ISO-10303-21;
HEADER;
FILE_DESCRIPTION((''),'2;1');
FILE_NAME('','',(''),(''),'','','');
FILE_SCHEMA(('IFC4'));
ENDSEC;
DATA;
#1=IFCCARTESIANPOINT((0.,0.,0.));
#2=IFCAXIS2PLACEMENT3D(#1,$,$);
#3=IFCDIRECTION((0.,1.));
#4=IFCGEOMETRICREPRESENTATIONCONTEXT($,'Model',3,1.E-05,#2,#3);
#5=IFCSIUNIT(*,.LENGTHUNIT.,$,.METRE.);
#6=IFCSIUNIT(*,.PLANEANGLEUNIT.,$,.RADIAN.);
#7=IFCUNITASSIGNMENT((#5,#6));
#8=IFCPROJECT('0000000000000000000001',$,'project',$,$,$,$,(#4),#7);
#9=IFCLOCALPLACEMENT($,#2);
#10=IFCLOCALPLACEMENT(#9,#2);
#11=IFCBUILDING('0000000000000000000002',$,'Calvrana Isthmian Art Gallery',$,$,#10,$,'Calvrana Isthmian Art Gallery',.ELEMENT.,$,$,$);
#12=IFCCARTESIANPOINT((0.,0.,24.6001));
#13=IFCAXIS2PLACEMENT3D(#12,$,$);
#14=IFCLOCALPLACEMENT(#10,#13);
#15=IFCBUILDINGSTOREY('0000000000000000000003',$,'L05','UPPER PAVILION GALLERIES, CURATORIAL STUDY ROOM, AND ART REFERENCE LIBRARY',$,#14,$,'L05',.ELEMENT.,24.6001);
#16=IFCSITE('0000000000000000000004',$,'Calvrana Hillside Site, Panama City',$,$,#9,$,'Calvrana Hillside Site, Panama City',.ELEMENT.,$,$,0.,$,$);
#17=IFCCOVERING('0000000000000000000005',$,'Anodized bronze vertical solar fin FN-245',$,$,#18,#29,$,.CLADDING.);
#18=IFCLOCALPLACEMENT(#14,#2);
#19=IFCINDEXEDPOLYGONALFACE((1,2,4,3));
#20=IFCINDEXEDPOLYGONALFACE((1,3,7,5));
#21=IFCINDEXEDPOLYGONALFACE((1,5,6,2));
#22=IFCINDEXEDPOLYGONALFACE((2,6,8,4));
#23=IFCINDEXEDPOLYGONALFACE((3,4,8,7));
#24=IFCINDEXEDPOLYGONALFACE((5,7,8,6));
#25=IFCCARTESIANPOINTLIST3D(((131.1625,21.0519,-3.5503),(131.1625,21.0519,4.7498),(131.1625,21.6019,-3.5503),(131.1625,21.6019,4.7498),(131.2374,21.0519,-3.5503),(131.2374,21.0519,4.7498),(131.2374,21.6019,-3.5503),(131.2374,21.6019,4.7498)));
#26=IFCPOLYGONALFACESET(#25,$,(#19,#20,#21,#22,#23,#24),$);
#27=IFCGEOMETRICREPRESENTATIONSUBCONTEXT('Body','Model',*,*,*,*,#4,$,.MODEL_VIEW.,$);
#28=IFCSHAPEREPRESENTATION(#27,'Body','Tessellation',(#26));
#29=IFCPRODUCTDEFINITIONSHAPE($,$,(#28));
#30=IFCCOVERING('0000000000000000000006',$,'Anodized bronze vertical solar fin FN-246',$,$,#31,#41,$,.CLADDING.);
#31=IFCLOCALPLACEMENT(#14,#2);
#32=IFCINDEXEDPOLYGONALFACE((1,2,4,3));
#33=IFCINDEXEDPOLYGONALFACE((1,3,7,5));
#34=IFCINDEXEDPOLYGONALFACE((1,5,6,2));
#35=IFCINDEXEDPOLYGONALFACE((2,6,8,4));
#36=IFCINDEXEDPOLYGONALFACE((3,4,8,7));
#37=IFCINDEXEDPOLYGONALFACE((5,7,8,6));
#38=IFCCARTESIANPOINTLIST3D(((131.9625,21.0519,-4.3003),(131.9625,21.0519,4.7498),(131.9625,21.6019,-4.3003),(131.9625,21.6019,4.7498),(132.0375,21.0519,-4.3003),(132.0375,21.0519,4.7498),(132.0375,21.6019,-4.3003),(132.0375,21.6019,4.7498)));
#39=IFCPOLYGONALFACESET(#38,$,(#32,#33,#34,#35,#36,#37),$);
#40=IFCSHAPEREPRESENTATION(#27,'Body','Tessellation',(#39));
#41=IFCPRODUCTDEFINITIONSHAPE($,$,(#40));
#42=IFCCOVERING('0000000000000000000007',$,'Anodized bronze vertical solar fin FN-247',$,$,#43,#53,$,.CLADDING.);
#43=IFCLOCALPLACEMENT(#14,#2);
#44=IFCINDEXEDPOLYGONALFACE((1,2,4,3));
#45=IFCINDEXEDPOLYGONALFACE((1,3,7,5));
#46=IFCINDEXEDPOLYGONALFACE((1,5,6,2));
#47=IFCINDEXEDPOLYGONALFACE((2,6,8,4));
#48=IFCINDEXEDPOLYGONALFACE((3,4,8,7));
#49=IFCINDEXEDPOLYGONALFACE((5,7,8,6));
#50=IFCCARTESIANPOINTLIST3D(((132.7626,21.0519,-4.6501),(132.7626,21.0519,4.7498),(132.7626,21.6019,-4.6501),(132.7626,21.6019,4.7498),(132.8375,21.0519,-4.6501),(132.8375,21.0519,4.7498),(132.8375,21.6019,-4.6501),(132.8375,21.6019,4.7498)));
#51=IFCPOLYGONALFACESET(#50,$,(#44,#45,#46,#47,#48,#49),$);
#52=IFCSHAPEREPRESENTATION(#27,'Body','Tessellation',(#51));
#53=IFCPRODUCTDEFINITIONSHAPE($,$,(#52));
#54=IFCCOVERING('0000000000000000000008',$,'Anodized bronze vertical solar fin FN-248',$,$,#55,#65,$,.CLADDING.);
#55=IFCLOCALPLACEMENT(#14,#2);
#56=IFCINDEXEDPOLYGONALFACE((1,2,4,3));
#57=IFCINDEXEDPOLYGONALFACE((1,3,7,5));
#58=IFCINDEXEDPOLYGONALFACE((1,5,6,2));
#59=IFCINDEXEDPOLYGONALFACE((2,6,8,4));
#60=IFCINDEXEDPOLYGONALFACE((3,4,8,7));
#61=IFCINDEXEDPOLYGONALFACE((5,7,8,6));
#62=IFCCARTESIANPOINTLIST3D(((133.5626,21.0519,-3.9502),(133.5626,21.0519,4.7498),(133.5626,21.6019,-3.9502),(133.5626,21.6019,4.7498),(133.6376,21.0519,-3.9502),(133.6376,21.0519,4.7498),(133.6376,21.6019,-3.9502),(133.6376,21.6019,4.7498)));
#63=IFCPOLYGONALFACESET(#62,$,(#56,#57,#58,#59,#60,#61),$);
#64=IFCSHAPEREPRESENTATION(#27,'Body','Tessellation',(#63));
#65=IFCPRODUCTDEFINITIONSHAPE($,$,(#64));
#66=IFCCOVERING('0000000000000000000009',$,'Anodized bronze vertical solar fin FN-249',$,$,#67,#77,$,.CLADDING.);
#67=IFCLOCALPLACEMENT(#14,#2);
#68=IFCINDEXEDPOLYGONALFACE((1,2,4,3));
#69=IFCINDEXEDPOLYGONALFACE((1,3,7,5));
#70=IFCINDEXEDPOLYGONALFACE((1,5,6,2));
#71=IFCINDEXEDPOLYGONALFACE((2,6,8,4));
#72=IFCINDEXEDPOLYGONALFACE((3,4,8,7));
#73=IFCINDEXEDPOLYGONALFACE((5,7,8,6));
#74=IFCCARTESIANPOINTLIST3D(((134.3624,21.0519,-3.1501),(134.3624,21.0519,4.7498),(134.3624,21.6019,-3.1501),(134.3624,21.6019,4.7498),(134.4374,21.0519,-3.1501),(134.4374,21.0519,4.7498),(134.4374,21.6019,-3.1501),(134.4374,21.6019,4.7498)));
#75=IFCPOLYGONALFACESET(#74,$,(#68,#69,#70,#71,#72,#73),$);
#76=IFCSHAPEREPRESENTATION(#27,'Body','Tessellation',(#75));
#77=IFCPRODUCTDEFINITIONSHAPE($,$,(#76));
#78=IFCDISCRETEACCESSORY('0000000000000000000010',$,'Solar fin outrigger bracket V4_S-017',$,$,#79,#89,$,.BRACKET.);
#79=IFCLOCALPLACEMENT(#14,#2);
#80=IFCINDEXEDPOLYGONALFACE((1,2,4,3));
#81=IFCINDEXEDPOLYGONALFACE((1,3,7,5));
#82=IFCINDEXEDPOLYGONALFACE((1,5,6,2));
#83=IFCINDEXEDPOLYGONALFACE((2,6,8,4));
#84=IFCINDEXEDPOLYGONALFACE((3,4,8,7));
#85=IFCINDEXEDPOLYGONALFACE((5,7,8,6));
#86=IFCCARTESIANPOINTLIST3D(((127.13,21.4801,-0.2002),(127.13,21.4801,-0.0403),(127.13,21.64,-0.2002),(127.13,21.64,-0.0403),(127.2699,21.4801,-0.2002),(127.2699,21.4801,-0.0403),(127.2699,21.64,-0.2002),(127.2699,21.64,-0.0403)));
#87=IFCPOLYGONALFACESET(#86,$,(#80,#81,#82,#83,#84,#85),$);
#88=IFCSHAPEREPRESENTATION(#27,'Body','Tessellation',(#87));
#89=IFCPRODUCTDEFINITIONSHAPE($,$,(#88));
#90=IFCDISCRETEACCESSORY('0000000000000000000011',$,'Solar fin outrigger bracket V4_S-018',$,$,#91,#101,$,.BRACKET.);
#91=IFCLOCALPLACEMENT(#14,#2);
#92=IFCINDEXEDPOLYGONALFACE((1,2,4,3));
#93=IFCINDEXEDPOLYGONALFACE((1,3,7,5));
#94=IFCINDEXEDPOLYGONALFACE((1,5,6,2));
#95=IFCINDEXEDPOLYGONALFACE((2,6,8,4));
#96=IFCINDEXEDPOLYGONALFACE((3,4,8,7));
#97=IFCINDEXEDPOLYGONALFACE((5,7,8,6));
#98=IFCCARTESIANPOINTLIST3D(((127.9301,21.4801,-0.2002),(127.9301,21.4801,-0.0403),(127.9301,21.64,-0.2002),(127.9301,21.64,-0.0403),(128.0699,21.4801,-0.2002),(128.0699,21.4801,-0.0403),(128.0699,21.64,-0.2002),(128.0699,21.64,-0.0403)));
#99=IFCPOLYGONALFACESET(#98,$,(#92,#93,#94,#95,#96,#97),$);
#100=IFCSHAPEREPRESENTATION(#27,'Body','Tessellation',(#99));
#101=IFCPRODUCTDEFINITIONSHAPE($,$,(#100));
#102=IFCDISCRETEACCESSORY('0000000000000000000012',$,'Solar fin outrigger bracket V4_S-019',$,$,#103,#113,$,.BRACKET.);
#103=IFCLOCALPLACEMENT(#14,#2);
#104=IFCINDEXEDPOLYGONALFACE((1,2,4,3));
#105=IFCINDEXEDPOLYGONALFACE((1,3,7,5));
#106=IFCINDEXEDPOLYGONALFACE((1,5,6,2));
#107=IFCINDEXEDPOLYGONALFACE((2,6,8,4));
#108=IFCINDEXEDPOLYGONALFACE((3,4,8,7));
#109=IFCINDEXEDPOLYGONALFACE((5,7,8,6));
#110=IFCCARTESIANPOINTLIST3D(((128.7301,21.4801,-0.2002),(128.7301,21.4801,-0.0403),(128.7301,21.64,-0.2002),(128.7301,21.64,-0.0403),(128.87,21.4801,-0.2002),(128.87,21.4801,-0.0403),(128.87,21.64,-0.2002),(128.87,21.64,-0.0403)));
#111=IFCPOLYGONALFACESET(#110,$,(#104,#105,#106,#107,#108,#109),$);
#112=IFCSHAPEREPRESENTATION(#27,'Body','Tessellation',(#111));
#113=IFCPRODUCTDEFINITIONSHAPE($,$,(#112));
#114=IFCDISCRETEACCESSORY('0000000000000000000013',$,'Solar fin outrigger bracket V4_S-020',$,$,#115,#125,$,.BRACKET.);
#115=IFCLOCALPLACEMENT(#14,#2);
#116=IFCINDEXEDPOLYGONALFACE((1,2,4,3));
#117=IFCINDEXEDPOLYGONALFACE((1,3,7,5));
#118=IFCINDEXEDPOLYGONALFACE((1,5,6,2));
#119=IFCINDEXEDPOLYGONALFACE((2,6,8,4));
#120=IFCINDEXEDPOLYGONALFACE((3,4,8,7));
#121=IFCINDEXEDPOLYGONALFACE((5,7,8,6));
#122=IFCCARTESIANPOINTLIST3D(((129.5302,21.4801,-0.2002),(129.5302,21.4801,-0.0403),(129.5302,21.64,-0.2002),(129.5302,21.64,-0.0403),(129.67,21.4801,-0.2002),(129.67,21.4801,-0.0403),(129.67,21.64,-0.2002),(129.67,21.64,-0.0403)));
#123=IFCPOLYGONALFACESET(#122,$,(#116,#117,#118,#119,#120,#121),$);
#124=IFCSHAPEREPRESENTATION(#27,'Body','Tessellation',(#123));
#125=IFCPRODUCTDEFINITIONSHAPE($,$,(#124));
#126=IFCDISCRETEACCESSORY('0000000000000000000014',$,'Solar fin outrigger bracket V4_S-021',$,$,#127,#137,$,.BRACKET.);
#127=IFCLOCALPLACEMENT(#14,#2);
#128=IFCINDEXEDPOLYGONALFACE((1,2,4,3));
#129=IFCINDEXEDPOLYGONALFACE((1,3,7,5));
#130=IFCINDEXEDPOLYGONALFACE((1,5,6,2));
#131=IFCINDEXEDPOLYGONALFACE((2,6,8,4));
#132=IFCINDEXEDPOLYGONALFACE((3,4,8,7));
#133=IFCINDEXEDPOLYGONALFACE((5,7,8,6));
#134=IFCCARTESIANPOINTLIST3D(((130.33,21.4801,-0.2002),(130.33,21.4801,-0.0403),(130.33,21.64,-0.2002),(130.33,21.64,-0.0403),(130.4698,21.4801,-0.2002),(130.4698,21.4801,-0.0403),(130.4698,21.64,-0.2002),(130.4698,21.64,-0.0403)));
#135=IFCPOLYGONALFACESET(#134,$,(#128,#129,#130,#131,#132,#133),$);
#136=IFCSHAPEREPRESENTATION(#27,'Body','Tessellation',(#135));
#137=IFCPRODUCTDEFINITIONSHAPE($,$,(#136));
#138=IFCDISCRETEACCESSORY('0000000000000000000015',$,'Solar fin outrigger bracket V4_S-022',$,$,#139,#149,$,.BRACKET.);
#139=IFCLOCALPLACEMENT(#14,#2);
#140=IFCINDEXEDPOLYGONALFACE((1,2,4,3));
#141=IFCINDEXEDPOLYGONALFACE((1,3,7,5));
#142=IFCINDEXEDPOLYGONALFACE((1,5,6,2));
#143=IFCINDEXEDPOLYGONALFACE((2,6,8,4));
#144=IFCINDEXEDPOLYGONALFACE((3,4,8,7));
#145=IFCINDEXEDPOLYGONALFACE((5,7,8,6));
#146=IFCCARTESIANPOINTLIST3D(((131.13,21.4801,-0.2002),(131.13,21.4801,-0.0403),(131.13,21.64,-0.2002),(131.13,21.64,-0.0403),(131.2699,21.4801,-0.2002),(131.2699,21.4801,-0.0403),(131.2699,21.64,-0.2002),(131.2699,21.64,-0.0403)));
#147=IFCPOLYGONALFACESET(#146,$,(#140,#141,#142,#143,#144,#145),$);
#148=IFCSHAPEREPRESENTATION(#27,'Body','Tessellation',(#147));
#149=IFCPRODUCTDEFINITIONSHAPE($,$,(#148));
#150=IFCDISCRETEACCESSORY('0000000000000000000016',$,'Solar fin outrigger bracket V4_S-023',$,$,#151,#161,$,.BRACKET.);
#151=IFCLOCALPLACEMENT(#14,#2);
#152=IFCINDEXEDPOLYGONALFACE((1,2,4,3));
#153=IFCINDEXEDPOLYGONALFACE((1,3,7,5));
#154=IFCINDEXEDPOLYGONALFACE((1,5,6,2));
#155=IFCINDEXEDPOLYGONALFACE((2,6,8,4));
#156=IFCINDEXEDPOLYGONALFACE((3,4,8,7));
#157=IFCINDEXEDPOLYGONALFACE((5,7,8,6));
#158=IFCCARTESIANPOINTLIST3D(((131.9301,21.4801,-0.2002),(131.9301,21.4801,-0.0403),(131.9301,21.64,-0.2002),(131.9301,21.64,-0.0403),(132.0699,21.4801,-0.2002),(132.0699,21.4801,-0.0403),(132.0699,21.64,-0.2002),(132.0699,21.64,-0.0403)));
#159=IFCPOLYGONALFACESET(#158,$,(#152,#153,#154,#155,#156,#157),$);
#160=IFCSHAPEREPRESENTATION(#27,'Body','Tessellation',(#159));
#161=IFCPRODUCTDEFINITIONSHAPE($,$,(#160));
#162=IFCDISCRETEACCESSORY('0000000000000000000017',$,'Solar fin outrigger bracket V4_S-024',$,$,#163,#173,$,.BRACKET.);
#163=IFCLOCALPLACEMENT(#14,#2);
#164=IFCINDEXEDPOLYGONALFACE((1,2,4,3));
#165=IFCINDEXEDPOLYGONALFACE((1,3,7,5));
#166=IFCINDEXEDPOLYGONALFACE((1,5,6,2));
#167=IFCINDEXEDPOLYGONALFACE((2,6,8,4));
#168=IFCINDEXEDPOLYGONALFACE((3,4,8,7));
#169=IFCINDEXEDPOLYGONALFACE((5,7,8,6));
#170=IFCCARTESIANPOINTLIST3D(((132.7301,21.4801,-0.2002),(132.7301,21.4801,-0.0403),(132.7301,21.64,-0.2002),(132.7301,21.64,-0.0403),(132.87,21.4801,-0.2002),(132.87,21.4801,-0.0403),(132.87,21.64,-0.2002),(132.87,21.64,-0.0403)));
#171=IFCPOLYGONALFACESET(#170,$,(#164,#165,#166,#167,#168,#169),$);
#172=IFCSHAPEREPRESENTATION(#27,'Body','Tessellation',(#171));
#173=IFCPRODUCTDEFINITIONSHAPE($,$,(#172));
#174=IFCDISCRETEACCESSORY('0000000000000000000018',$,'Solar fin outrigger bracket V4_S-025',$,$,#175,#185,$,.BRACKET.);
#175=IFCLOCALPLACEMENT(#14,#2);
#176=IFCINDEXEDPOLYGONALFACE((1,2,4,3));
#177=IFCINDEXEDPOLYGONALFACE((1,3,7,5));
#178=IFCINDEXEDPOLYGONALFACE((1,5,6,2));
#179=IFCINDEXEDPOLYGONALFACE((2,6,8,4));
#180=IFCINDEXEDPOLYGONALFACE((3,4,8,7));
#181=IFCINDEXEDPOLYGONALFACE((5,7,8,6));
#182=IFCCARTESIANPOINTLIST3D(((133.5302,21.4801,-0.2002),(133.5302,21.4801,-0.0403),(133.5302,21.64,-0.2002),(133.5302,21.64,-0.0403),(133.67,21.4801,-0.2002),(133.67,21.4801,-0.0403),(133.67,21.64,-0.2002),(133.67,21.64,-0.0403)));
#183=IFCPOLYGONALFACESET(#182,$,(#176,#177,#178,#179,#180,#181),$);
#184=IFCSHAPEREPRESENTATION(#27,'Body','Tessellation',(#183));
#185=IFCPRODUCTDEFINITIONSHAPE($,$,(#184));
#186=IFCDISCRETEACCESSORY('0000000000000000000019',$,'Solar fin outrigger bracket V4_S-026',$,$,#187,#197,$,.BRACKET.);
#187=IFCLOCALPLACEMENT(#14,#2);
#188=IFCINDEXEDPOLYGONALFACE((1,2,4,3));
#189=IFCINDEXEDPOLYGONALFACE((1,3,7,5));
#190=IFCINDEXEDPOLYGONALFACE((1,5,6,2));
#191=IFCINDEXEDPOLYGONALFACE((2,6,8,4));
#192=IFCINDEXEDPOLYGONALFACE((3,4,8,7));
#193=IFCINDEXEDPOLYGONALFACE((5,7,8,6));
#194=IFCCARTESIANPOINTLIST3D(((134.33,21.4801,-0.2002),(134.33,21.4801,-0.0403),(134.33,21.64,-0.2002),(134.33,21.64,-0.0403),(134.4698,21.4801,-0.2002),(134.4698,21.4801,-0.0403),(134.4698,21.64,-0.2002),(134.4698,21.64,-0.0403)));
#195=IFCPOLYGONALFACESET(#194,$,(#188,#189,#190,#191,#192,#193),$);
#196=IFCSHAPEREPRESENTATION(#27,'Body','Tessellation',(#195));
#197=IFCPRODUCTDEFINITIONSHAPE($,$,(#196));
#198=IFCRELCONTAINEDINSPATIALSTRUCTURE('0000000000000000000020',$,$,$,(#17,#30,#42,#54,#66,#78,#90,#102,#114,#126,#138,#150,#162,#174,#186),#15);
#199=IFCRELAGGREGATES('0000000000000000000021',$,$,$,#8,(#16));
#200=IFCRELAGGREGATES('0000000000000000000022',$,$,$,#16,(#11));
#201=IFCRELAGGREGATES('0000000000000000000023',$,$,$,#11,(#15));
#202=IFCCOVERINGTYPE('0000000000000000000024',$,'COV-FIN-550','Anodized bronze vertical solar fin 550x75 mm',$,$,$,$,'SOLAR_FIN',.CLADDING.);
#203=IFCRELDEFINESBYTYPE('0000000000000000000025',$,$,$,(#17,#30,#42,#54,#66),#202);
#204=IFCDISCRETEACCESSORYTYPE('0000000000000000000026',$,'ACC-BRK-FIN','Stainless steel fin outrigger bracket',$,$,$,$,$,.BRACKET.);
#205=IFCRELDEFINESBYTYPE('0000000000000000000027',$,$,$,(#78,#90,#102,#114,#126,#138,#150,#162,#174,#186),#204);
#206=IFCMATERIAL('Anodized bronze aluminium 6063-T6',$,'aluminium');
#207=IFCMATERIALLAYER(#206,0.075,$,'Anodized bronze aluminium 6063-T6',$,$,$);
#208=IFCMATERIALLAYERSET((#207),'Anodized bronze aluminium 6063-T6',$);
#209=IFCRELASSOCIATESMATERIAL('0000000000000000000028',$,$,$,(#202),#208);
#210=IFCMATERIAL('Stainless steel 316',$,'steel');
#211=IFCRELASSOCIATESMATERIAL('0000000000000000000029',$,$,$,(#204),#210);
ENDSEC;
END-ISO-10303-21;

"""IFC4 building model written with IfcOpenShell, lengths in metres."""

from ifc_helpers import new_model, si_unit, direction, frame, origin, origin_2d, place, context, subcontext, project, spatial, rectangle, extrude, material, layer, layer_set, type_object, element, save


model = new_model("IFC4")

# Units and contexts
model_context = context("Model", 3, precision=1e-05, world=origin(), true_north=direction((0.0, 1.0)))
body_context = subcontext(model_context, "Body", "Model", "MODEL_VIEW")
ifc_project = project(units=[si_unit("LENGTHUNIT", "METRE"), si_unit("PLANEANGLEUNIT", "RADIAN")], contexts=[model_context])

# Site, building, storey
site_placement = place(None, origin())
site = spatial("IfcSite", under=ifc_project, at=site_placement, Name="Calvrana Hillside Site, Panama City", LongName="Calvrana Hillside Site, Panama City", CompositionType="ELEMENT", RefElevation=0.0)
building_placement = place(site_placement, origin())
building = spatial("IfcBuilding", under=site, at=building_placement, Name="Calvrana Isthmian Art Gallery", LongName="Calvrana Isthmian Art Gallery", CompositionType="ELEMENT")
storey_placement = place(building_placement, frame((0.0, 0.0, 24.6001)))
storey = spatial("IfcBuildingStorey", under=building, at=storey_placement, Name="L05", Description="UPPER PAVILION GALLERIES, CURATORIAL STUDY ROOM, AND ART REFERENCE LIBRARY", LongName="L05", CompositionType="ELEMENT", Elevation=24.6001)

# Shared definitions
ifc_material_1 = material(Name="Stainless steel 316", Category="steel")

# Coverings
ifc_material_2 = material(Name="Anodized bronze aluminium 6063-T6", Category="aluminium")
ifc_layer_1 = layer(ifc_material_2, 0.075, Name="Anodized bronze aluminium 6063-T6")
ifc_layer_set_1 = layer_set([ifc_layer_1], Name="Anodized bronze aluminium 6063-T6")
covering_type = type_object("IfcCoveringType", Name="COV-FIN-550", Description="Anodized bronze vertical solar fin 550x75 mm", ElementType="SOLAR_FIN", PredefinedType="CLADDING", material=ifc_layer_set_1)
covering_1_placement = place(storey_placement, frame((131.2, 21.3269, -3.5503), z_axis=(0.0, 0.0, 1.0), x_axis=(1.0, 0.0, 0.0)))
element("IfcCovering", 1, at=covering_1_placement, inside=storey, type_object=covering_type, Name="Anodized bronze vertical solar fin FN-245", PredefinedType="CLADDING", context=body_context, shape_type="SweptSolid", body=[
    extrude(rectangle(XDim=0.075, YDim=0.55, at=origin_2d()), origin(), (0.0, 0.0, 1.0), 8.3),
])
covering_2_placement = place(storey_placement, frame((132.0, 21.3269, -4.3003), z_axis=(0.0, 0.0, 1.0), x_axis=(1.0, 0.0, 0.0)))
element("IfcCovering", 2, at=covering_2_placement, inside=storey, type_object=covering_type, Name="Anodized bronze vertical solar fin FN-246", PredefinedType="CLADDING", context=body_context, shape_type="SweptSolid", body=[
    extrude(rectangle(XDim=0.075, YDim=0.55, at=origin_2d()), origin(), (0.0, 0.0, 1.0), 9.05),
])
covering_3_placement = place(storey_placement, frame((132.8, 21.3269, -4.6501), z_axis=(0.0, 0.0, 1.0), x_axis=(1.0, 0.0, 0.0)))
element("IfcCovering", 3, at=covering_3_placement, inside=storey, type_object=covering_type, Name="Anodized bronze vertical solar fin FN-247", PredefinedType="CLADDING", context=body_context, shape_type="SweptSolid", body=[
    extrude(rectangle(XDim=0.075, YDim=0.55, at=origin_2d()), origin(), (0.0, 0.0, 1.0), 9.3999),
])
covering_4_placement = place(storey_placement, frame((133.6001, 21.3269, -3.9502), z_axis=(0.0, 0.0, 1.0), x_axis=(1.0, 0.0, 0.0)))
element("IfcCovering", 4, at=covering_4_placement, inside=storey, type_object=covering_type, Name="Anodized bronze vertical solar fin FN-248", PredefinedType="CLADDING", context=body_context, shape_type="SweptSolid", body=[
    extrude(rectangle(XDim=0.075, YDim=0.55, at=origin_2d()), origin(), (0.0, 0.0, 1.0), 8.7),
])
covering_5_placement = place(storey_placement, frame((134.3999, 21.3269, -3.1501), z_axis=(0.0, 0.0, 1.0), x_axis=(1.0, 0.0, 0.0)))
element("IfcCovering", 5, at=covering_5_placement, inside=storey, type_object=covering_type, Name="Anodized bronze vertical solar fin FN-249", PredefinedType="CLADDING", context=body_context, shape_type="SweptSolid", body=[
    extrude(rectangle(XDim=0.075, YDim=0.55, at=origin_2d()), origin(), (0.0, 0.0, 1.0), 7.8999),
])

# Discrete accessories
discrete_accessory_type = type_object("IfcDiscreteAccessoryType", Name="ACC-BRK-FIN", Description="Stainless steel fin outrigger bracket", PredefinedType="BRACKET", material=ifc_material_1)
for number, where, z_axis, x_axis, name in (
    (6, (127.2, 21.5601, -0.2002), (0.0, 0.0, 1.0), (1.0, 0.0, 0.0), "Solar fin outrigger bracket V4_S-017"),
    (7, (128.0, 21.5601, -0.2002), (0.0, 0.0, 1.0), (1.0, 0.0, 0.0), "Solar fin outrigger bracket V4_S-018"),
    (8, (128.8, 21.5601, -0.2002), (0.0, 0.0, 1.0), (1.0, 0.0, 0.0), "Solar fin outrigger bracket V4_S-019"),
    (9, (129.6001, 21.5601, -0.2002), (0.0, 0.0, 1.0), (1.0, 0.0, 0.0), "Solar fin outrigger bracket V4_S-020"),
    (10, (130.3999, 21.5601, -0.2002), (0.0, 0.0, 1.0), (1.0, 0.0, 0.0), "Solar fin outrigger bracket V4_S-021"),
    (11, (131.2, 21.5601, -0.2002), (0.0, 0.0, 1.0), (1.0, 0.0, 0.0), "Solar fin outrigger bracket V4_S-022"),
    (12, (132.0, 21.5601, -0.2002), (0.0, 0.0, 1.0), (1.0, 0.0, 0.0), "Solar fin outrigger bracket V4_S-023"),
    (13, (132.8, 21.5601, -0.2002), (0.0, 0.0, 1.0), (1.0, 0.0, 0.0), "Solar fin outrigger bracket V4_S-024"),
    (14, (133.6001, 21.5601, -0.2002), (0.0, 0.0, 1.0), (1.0, 0.0, 0.0), "Solar fin outrigger bracket V4_S-025"),
    (15, (134.3999, 21.5601, -0.2002), (0.0, 0.0, 1.0), (1.0, 0.0, 0.0), "Solar fin outrigger bracket V4_S-026"),
):
    element("IfcDiscreteAccessory", number, at=place(storey_placement, frame(where, z_axis=z_axis, x_axis=x_axis)), inside=storey, type_object=discrete_accessory_type, Name=name, PredefinedType="BRACKET", context=body_context, shape_type="SweptSolid", body=[
        extrude(rectangle(XDim=0.1399, YDim=0.1599, at=origin_2d()), origin(), (0.0, 0.0, 1.0), 0.1599),
    ])

save(model, "model.ifc")
